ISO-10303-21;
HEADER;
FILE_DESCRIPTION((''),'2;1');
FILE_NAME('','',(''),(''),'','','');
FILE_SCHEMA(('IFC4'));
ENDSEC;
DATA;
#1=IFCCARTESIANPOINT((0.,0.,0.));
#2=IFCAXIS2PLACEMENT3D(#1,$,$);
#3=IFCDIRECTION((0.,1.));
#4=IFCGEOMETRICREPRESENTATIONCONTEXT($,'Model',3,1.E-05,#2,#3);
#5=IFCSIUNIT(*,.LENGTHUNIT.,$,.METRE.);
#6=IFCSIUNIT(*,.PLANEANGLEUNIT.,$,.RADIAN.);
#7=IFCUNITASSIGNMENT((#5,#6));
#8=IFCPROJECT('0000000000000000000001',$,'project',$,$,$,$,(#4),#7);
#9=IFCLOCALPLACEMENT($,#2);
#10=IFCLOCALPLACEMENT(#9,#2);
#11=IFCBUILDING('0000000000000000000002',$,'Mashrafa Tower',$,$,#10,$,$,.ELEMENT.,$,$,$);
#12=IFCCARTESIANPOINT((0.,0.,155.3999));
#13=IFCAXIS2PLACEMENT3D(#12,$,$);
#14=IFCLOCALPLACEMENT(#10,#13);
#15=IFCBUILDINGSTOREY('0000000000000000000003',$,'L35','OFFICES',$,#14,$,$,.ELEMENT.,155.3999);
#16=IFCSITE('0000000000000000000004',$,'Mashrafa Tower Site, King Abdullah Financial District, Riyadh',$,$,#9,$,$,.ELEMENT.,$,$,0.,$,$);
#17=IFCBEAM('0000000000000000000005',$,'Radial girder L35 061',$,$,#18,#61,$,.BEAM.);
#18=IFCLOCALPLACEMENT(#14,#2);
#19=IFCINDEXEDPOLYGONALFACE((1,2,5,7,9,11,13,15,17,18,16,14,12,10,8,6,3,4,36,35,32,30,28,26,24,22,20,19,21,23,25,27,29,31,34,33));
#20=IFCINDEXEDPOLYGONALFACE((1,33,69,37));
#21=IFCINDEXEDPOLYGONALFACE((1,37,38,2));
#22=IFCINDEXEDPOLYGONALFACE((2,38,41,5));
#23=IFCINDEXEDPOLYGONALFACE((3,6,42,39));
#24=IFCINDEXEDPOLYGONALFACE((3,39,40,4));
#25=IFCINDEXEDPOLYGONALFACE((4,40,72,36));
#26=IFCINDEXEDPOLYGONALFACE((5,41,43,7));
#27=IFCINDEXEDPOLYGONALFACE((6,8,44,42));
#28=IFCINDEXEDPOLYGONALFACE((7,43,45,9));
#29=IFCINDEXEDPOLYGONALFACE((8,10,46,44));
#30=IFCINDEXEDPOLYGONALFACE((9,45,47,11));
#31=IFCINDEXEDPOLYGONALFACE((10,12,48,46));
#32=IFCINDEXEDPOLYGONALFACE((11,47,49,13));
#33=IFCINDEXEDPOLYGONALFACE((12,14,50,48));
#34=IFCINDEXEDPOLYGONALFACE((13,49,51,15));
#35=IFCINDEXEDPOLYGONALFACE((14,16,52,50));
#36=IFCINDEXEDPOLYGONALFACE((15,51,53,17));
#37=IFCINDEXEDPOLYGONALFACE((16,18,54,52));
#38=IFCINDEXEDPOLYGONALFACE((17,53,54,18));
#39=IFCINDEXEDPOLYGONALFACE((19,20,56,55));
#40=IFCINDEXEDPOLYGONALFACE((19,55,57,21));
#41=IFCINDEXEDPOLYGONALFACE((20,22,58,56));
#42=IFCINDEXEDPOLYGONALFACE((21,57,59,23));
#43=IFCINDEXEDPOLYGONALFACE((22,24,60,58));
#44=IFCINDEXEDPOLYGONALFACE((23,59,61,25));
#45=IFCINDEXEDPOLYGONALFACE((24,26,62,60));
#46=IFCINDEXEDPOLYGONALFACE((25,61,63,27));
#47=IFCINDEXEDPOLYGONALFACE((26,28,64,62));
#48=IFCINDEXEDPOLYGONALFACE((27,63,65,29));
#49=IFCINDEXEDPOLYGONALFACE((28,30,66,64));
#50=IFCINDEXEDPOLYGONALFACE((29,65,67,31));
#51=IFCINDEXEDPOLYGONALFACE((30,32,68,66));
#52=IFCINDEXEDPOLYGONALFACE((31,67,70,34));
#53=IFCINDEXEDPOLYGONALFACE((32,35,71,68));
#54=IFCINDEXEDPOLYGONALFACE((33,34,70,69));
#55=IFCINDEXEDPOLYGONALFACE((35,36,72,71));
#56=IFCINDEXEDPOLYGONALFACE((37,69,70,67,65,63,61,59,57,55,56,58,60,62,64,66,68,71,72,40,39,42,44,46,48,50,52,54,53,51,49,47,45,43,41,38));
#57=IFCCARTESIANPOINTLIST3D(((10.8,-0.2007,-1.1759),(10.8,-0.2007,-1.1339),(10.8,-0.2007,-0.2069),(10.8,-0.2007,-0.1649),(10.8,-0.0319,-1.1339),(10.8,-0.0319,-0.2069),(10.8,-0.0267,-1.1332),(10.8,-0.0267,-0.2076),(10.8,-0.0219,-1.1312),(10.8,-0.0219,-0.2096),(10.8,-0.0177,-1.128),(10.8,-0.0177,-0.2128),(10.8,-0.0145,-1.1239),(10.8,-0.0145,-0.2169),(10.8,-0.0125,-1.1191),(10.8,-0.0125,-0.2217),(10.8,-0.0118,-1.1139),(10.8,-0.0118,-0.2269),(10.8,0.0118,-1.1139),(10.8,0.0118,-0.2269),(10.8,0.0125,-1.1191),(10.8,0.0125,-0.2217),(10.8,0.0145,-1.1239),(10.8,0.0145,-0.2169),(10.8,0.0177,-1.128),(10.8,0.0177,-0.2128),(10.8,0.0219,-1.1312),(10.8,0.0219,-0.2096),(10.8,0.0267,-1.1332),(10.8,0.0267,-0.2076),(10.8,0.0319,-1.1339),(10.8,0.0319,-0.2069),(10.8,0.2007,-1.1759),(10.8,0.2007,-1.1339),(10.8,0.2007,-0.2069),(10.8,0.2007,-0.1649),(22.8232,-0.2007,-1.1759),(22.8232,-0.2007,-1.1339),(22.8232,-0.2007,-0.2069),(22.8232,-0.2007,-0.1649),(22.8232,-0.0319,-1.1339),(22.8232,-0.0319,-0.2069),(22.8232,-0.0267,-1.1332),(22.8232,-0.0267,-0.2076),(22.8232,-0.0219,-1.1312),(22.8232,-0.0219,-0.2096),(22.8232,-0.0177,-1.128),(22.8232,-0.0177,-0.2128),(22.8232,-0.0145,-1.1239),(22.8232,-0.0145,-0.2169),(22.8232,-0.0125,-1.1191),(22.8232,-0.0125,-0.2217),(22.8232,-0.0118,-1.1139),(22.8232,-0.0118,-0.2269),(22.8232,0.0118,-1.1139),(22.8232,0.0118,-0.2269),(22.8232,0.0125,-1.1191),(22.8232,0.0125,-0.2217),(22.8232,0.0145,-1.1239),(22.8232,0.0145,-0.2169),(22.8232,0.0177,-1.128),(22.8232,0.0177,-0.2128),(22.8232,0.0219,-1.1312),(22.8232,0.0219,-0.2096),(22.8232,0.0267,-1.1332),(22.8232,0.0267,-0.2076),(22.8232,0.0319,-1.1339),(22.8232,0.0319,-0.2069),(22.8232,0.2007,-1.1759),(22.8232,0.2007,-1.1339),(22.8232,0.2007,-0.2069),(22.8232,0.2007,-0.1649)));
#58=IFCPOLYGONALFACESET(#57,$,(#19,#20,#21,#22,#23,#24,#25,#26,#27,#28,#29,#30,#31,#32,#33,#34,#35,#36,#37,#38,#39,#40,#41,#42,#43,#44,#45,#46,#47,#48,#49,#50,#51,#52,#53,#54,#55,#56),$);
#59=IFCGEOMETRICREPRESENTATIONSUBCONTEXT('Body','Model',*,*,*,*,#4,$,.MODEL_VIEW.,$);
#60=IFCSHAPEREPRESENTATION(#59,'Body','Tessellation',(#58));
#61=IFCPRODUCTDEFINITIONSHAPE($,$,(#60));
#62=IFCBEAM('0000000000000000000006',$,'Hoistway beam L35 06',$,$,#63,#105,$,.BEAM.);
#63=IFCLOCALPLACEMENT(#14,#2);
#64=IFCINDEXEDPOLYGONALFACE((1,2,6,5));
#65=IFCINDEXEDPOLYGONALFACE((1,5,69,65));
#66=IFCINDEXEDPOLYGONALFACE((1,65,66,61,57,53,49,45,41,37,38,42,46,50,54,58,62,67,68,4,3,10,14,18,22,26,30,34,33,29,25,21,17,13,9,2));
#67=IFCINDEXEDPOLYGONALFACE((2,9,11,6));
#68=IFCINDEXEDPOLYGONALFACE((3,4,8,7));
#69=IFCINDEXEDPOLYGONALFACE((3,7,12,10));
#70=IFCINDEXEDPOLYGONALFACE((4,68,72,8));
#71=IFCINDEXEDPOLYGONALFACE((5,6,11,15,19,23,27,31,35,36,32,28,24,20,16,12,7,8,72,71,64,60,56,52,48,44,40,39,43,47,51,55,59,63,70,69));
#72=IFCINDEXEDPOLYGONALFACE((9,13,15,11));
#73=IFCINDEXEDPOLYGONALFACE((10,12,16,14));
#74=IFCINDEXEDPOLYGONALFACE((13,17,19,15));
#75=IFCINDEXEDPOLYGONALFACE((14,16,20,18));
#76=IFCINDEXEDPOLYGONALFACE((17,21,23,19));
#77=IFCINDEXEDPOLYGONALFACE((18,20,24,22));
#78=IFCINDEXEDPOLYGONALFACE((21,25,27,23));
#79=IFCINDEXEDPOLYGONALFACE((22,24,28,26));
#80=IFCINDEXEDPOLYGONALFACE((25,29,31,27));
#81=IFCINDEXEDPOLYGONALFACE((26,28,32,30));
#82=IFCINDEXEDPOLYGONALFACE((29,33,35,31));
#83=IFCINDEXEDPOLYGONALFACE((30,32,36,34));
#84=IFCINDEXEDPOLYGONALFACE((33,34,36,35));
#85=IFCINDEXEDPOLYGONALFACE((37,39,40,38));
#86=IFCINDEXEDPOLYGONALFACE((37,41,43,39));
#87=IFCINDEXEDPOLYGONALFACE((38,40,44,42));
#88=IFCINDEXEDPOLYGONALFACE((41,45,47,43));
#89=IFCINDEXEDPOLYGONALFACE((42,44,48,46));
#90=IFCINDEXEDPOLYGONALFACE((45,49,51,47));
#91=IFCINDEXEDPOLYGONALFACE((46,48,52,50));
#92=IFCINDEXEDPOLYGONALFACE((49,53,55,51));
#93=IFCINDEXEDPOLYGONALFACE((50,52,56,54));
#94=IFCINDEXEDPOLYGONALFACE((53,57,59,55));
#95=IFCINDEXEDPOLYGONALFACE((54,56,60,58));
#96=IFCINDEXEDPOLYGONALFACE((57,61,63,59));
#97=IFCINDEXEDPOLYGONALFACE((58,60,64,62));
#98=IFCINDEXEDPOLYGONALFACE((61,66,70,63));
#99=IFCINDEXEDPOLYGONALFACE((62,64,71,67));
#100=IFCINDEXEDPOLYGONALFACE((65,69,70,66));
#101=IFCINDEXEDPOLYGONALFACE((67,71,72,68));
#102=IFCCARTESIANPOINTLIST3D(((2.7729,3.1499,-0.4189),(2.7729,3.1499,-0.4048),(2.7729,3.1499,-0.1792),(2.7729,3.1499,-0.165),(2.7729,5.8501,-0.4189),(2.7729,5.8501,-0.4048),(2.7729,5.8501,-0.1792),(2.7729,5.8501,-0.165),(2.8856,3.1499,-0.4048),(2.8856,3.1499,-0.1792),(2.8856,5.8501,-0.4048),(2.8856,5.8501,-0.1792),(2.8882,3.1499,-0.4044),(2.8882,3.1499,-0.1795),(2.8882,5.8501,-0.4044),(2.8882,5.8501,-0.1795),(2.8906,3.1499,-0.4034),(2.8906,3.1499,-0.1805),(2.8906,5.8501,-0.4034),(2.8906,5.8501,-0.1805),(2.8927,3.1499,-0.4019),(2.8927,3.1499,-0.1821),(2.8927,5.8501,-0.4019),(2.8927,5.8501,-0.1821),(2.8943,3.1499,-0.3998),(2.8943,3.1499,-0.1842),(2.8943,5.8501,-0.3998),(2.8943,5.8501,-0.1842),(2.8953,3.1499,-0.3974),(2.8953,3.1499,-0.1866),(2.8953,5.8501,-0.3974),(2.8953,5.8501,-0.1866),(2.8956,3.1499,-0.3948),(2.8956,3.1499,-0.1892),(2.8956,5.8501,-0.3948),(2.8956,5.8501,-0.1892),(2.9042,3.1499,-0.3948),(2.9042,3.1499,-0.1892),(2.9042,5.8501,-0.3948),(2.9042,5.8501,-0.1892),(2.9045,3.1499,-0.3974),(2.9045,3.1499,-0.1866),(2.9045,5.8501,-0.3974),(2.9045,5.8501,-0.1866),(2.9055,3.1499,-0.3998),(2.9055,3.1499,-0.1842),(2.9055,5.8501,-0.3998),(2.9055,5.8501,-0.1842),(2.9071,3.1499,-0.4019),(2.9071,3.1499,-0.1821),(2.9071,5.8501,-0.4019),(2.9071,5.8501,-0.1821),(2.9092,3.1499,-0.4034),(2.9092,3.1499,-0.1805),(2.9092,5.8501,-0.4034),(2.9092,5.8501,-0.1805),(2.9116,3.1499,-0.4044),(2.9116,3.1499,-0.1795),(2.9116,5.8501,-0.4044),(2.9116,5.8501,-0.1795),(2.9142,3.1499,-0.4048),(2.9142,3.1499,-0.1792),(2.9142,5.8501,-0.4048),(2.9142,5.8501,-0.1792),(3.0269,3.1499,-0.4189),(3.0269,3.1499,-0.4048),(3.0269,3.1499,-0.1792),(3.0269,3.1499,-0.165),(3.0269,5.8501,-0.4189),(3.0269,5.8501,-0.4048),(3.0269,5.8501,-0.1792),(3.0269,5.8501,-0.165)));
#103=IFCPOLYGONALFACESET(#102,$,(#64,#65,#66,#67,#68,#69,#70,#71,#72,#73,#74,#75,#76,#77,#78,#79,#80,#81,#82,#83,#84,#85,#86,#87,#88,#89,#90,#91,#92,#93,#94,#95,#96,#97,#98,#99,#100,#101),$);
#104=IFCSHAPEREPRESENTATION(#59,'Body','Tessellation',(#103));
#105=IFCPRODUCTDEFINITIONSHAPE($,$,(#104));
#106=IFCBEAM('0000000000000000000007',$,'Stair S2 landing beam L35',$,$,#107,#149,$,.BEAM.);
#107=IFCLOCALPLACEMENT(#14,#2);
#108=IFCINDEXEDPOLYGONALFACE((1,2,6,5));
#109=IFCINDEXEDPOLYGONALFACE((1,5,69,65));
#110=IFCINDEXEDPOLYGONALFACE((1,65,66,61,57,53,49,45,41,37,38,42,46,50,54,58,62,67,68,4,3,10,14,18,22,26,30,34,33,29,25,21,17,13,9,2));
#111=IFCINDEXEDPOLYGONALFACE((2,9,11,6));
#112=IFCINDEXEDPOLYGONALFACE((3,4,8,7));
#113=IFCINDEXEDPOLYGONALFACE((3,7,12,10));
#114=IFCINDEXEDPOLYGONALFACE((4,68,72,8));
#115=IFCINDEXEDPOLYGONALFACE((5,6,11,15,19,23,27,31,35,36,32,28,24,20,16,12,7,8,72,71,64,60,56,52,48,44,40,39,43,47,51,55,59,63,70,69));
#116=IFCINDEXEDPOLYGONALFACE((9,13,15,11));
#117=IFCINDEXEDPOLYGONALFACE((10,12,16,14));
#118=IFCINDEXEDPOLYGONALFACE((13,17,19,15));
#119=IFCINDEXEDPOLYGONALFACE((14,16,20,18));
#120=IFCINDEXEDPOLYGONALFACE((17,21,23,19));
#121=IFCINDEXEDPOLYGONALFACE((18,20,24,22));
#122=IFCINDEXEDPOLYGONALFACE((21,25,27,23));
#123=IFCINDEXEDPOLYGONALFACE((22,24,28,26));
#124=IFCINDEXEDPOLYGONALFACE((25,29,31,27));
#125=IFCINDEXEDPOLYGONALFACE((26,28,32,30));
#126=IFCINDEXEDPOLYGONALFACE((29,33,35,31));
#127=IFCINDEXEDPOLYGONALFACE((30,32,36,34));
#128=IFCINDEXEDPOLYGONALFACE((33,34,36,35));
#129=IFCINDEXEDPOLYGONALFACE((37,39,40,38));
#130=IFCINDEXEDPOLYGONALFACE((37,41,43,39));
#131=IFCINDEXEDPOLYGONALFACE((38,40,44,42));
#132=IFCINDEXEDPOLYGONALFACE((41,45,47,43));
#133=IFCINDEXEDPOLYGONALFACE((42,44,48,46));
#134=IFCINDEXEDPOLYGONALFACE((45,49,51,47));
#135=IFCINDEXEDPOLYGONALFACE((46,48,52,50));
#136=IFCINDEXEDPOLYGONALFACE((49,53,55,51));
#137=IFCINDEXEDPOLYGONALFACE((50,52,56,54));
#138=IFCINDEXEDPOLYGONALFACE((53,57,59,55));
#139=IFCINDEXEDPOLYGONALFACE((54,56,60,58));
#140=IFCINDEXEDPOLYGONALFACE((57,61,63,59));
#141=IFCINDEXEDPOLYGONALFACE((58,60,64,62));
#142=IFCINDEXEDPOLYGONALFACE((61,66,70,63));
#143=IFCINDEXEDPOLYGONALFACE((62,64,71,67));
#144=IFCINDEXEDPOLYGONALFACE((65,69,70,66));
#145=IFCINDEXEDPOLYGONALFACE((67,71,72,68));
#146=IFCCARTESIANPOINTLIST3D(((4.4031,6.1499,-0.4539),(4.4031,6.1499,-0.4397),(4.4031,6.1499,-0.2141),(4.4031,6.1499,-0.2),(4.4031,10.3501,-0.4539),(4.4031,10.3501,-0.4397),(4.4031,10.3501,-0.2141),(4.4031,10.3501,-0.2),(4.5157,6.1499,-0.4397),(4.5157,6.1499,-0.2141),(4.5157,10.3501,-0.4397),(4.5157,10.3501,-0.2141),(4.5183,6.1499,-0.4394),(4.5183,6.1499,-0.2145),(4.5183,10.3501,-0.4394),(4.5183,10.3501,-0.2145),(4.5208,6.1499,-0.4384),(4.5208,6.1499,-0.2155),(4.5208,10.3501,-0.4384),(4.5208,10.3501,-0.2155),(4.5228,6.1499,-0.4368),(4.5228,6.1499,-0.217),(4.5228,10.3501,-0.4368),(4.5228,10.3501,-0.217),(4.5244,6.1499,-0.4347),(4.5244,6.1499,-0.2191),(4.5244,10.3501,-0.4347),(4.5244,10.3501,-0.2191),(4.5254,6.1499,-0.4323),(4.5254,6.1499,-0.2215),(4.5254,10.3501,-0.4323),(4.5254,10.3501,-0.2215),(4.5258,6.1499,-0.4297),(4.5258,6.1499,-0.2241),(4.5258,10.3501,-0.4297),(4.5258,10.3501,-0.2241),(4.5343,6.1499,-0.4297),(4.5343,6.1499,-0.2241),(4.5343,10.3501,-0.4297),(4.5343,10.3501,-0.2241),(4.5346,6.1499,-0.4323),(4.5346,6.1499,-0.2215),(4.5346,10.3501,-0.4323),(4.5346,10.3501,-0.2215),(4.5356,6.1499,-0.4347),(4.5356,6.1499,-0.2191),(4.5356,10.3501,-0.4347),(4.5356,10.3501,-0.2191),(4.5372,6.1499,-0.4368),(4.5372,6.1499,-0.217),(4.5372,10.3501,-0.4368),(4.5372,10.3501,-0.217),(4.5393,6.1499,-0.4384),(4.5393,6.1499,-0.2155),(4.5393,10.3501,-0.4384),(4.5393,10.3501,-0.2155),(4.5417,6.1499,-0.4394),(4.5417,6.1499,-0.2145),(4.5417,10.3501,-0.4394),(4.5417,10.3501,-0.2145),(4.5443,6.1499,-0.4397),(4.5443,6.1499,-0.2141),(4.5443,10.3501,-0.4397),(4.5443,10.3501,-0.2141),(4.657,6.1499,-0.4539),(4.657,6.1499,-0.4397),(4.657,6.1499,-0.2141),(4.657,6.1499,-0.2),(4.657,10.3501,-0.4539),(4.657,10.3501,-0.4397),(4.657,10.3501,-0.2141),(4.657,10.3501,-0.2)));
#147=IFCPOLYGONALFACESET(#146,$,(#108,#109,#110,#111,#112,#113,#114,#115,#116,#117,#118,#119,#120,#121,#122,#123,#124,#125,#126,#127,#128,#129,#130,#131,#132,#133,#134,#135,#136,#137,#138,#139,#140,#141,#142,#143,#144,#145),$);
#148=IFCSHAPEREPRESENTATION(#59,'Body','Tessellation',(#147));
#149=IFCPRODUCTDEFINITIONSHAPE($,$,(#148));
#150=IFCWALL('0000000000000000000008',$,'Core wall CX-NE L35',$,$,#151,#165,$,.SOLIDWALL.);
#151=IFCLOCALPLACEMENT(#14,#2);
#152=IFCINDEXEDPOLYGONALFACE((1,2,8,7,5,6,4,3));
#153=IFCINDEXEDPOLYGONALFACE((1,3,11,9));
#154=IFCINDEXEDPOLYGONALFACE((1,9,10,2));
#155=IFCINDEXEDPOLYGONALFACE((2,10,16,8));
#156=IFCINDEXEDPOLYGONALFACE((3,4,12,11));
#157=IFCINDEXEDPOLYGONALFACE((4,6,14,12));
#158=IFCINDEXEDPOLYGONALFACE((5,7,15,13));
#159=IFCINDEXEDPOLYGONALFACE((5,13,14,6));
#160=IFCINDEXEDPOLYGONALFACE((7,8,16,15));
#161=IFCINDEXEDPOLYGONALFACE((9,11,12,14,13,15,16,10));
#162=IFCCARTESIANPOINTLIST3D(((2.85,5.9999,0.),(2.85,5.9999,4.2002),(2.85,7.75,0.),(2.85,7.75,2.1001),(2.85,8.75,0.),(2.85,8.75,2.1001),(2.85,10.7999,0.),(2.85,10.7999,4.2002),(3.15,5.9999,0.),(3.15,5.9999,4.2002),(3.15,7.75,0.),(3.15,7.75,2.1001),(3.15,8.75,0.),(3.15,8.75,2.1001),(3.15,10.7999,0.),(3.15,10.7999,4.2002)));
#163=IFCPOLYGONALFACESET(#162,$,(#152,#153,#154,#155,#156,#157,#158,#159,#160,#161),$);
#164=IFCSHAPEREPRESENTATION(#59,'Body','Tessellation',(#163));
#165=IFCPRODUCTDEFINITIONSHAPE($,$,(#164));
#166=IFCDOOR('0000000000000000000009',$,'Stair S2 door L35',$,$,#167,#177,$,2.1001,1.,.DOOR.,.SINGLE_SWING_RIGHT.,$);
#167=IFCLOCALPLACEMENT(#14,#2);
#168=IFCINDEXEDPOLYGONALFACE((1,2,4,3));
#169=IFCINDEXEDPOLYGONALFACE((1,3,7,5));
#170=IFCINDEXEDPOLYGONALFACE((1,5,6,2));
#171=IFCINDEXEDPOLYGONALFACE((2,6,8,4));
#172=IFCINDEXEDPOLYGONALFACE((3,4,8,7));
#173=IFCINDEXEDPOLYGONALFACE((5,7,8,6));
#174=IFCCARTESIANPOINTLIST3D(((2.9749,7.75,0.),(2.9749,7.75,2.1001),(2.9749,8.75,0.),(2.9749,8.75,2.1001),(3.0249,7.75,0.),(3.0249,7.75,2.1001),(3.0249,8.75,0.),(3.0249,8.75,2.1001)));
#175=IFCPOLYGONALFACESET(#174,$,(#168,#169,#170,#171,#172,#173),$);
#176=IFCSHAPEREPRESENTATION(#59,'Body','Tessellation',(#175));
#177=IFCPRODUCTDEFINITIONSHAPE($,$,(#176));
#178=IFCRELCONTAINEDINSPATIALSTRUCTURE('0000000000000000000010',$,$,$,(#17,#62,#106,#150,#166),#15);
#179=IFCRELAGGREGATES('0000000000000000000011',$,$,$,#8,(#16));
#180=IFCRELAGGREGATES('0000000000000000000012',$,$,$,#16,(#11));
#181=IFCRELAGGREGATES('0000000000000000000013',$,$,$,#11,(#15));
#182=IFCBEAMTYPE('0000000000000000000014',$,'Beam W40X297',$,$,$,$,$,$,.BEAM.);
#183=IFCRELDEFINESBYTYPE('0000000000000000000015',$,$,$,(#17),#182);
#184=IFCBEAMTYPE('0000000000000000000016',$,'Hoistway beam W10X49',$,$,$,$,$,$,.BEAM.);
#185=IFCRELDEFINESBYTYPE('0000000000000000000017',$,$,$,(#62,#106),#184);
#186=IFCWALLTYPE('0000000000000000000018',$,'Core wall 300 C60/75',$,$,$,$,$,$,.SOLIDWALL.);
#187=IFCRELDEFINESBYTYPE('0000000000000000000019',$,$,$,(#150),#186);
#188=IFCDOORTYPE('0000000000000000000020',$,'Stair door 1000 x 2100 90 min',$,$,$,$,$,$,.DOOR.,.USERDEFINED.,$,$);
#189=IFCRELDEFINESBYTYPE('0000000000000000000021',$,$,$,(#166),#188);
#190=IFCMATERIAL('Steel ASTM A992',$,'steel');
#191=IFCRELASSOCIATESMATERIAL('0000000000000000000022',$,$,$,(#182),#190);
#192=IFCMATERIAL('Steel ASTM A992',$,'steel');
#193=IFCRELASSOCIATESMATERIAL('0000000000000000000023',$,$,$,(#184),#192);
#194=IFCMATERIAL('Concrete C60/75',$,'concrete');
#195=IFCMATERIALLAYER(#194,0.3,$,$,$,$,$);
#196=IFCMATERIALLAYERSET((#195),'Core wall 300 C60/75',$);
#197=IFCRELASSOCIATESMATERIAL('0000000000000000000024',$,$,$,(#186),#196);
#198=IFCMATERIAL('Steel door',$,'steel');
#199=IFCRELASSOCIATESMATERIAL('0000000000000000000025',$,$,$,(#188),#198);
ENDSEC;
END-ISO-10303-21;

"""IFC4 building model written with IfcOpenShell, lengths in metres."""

from ifc_helpers import new_model, si_unit, direction, frame, frame_2d, origin, origin_2d, place, context, subcontext, project, spatial, rectangle, i_section, extrude, material, layer, layer_set, material_profile, profile_set, type_object, element, fill, save


model = new_model("IFC4")

# Units and contexts
model_context = context("Model", 3, precision=1e-05, world=origin(), true_north=direction((0.0, 1.0)))
body_context = subcontext(model_context, "Body", "Model", "MODEL_VIEW")
ifc_project = project(units=[si_unit("LENGTHUNIT", "METRE"), si_unit("PLANEANGLEUNIT", "RADIAN")], contexts=[model_context])

# Site, building, storey
site_placement = place(None, origin())
site = spatial("IfcSite", under=ifc_project, at=site_placement, Name="Mashrafa Tower Site, King Abdullah Financial District, Riyadh", CompositionType="ELEMENT", RefElevation=0.0)
building_placement = place(site_placement, origin())
building = spatial("IfcBuilding", under=site, at=building_placement, Name="Mashrafa Tower", CompositionType="ELEMENT")
storey_placement = place(building_placement, frame((0.0, 0.0, 155.3999)))
storey = spatial("IfcBuildingStorey", under=building, at=storey_placement, Name="L35", Description="OFFICES", CompositionType="ELEMENT", Elevation=155.3999)

# Beams
ifc_material_1 = material(Name="Steel ASTM A992", Category="steel")
ifc_material_profile_1 = material_profile(ifc_material_1, i_section(OverallWidth=0.4014, OverallDepth=1.011, WebThickness=0.0237, FlangeThickness=0.042, FilletRadius=0.02, at=origin_2d()), Name="W40X297")
ifc_profile_set_1 = profile_set([ifc_material_profile_1], Name="Steel ASTM A992")
beam_type_1 = type_object("IfcBeamType", Name="Beam W40X297", PredefinedType="BEAM", material=ifc_profile_set_1)
beam_1_placement = place(storey_placement, frame((10.8, 0.0, -0.6704), z_axis=(1.0, 0.0, 0.0), x_axis=(0.0, 1.0, 0.0)))
element("IfcBeam", 1, at=beam_1_placement, inside=storey, type_object=beam_type_1, Name="Radial girder L35 061", PredefinedType="BEAM", context=body_context, shape_type="SweptSolid", body=[
    extrude(i_section(OverallWidth=0.4014, OverallDepth=1.011, WebThickness=0.0237, FlangeThickness=0.042, FilletRadius=0.02, at=origin_2d()), origin(), (0.0, 0.0, 1.0), 12.0232),
])
ifc_material_2 = material(Name="Steel ASTM A992", Category="steel")
ifc_material_profile_2 = material_profile(ifc_material_2, i_section(OverallWidth=0.2539, OverallDepth=0.2539, WebThickness=0.0085, FlangeThickness=0.0142, FilletRadius=0.01, at=origin_2d()), Name="W10X49")
ifc_profile_set_2 = profile_set([ifc_material_profile_2], Name="Steel ASTM A992")
beam_type_2 = type_object("IfcBeamType", Name="Hoistway beam W10X49", PredefinedType="BEAM", material=ifc_profile_set_2)
beam_2_placement = place(storey_placement, frame((2.8999, 3.1499, -0.292), z_axis=(0.0, 1.0, 0.0), x_axis=(-1.0, 0.0, 0.0)))
element("IfcBeam", 2, at=beam_2_placement, inside=storey, type_object=beam_type_2, Name="Hoistway beam L35 06", PredefinedType="BEAM", context=body_context, shape_type="SweptSolid", body=[
    extrude(i_section(OverallWidth=0.2539, OverallDepth=0.2539, WebThickness=0.0085, FlangeThickness=0.0142, FilletRadius=0.01, at=origin_2d()), origin(), (0.0, 0.0, 1.0), 2.7002),
])
beam_3_placement = place(storey_placement, frame((4.53, 6.1499, -0.3269), z_axis=(0.0, 1.0, 0.0), x_axis=(-1.0, 0.0, 0.0)))
element("IfcBeam", 3, at=beam_3_placement, inside=storey, type_object=beam_type_2, Name="Stair S2 landing beam L35", PredefinedType="BEAM", context=body_context, shape_type="SweptSolid", body=[
    extrude(i_section(OverallWidth=0.2539, OverallDepth=0.2539, WebThickness=0.0085, FlangeThickness=0.0142, FilletRadius=0.01, at=origin_2d()), origin(), (0.0, 0.0, 1.0), 4.2002),
])

# Wall, opening, door
ifc_material_3 = material(Name="Concrete C60/75", Category="concrete")
ifc_layer_1 = layer(ifc_material_3, 0.3)
ifc_layer_set_1 = layer_set([ifc_layer_1], Name="Core wall 300 C60/75")
wall_type_1 = type_object("IfcWallType", Name="Core wall 300 C60/75", PredefinedType="SOLIDWALL", material=ifc_layer_set_1)
wall_1_placement = place(storey_placement, frame((3.0, 6.0, 0.0), z_axis=(0.0, 0.0, 1.0), x_axis=(0.0, 1.0, 0.0)))
wall_1 = element("IfcWall", 4, at=wall_1_placement, inside=storey, type_object=wall_type_1, Name="Core wall CX-NE L35", PredefinedType="SOLIDWALL", context=body_context, shape_type="SweptSolid", body=[
    extrude(rectangle(XDim=4.8, YDim=0.3, at=frame_2d((2.3999, 0.0))), origin(), (0.0, 0.0, 1.0), 4.2002),
])
opening_1_placement = place(wall_1_placement, frame((1.75, 0.0, 0.0)))
opening_1 = element("IfcOpeningElement", 5, at=opening_1_placement, cuts=wall_1, PredefinedType="OPENING", context=body_context, shape_type="SweptSolid", body=[
    extrude(rectangle(XDim=1.0, YDim=2.1001, at=frame_2d((0.5, 1.05))), frame((0.0, 0.1599, 0.0), z_axis=(0.0, -1.0, 0.0), x_axis=(1.0, 0.0, 0.0)), (0.0, 0.0, 1.0), 0.3201),
])
ifc_material_4 = material(Name="Steel door", Category="steel")
door_type_1 = type_object("IfcDoorType", Name="Stair door 1000 x 2100 90 min", OperationType="USERDEFINED", PredefinedType="DOOR", material=ifc_material_4)
door_1_placement = place(opening_1_placement, frame((1.0, 0.0, 0.0), z_axis=(0.0, 0.0, 1.0), x_axis=(-1.0, 0.0, 0.0)))
door_1 = element("IfcDoor", 6, at=door_1_placement, inside=storey, type_object=door_type_1, Name="Stair S2 door L35", OperationType="SINGLE_SWING_RIGHT", OverallHeight=2.1001, OverallWidth=1.0, PredefinedType="DOOR", context=body_context, shape_type="SweptSolid", body=[
    extrude(rectangle(XDim=1.0, YDim=2.1001, at=frame_2d((0.5, 1.05))), frame((0.0, 0.0249, 0.0), z_axis=(0.0, -1.0, 0.0), x_axis=(1.0, 0.0, 0.0)), (0.0, 0.0, 1.0), 0.05),
])
fill(opening_1, door_1)

save(model, "model.ifc")
